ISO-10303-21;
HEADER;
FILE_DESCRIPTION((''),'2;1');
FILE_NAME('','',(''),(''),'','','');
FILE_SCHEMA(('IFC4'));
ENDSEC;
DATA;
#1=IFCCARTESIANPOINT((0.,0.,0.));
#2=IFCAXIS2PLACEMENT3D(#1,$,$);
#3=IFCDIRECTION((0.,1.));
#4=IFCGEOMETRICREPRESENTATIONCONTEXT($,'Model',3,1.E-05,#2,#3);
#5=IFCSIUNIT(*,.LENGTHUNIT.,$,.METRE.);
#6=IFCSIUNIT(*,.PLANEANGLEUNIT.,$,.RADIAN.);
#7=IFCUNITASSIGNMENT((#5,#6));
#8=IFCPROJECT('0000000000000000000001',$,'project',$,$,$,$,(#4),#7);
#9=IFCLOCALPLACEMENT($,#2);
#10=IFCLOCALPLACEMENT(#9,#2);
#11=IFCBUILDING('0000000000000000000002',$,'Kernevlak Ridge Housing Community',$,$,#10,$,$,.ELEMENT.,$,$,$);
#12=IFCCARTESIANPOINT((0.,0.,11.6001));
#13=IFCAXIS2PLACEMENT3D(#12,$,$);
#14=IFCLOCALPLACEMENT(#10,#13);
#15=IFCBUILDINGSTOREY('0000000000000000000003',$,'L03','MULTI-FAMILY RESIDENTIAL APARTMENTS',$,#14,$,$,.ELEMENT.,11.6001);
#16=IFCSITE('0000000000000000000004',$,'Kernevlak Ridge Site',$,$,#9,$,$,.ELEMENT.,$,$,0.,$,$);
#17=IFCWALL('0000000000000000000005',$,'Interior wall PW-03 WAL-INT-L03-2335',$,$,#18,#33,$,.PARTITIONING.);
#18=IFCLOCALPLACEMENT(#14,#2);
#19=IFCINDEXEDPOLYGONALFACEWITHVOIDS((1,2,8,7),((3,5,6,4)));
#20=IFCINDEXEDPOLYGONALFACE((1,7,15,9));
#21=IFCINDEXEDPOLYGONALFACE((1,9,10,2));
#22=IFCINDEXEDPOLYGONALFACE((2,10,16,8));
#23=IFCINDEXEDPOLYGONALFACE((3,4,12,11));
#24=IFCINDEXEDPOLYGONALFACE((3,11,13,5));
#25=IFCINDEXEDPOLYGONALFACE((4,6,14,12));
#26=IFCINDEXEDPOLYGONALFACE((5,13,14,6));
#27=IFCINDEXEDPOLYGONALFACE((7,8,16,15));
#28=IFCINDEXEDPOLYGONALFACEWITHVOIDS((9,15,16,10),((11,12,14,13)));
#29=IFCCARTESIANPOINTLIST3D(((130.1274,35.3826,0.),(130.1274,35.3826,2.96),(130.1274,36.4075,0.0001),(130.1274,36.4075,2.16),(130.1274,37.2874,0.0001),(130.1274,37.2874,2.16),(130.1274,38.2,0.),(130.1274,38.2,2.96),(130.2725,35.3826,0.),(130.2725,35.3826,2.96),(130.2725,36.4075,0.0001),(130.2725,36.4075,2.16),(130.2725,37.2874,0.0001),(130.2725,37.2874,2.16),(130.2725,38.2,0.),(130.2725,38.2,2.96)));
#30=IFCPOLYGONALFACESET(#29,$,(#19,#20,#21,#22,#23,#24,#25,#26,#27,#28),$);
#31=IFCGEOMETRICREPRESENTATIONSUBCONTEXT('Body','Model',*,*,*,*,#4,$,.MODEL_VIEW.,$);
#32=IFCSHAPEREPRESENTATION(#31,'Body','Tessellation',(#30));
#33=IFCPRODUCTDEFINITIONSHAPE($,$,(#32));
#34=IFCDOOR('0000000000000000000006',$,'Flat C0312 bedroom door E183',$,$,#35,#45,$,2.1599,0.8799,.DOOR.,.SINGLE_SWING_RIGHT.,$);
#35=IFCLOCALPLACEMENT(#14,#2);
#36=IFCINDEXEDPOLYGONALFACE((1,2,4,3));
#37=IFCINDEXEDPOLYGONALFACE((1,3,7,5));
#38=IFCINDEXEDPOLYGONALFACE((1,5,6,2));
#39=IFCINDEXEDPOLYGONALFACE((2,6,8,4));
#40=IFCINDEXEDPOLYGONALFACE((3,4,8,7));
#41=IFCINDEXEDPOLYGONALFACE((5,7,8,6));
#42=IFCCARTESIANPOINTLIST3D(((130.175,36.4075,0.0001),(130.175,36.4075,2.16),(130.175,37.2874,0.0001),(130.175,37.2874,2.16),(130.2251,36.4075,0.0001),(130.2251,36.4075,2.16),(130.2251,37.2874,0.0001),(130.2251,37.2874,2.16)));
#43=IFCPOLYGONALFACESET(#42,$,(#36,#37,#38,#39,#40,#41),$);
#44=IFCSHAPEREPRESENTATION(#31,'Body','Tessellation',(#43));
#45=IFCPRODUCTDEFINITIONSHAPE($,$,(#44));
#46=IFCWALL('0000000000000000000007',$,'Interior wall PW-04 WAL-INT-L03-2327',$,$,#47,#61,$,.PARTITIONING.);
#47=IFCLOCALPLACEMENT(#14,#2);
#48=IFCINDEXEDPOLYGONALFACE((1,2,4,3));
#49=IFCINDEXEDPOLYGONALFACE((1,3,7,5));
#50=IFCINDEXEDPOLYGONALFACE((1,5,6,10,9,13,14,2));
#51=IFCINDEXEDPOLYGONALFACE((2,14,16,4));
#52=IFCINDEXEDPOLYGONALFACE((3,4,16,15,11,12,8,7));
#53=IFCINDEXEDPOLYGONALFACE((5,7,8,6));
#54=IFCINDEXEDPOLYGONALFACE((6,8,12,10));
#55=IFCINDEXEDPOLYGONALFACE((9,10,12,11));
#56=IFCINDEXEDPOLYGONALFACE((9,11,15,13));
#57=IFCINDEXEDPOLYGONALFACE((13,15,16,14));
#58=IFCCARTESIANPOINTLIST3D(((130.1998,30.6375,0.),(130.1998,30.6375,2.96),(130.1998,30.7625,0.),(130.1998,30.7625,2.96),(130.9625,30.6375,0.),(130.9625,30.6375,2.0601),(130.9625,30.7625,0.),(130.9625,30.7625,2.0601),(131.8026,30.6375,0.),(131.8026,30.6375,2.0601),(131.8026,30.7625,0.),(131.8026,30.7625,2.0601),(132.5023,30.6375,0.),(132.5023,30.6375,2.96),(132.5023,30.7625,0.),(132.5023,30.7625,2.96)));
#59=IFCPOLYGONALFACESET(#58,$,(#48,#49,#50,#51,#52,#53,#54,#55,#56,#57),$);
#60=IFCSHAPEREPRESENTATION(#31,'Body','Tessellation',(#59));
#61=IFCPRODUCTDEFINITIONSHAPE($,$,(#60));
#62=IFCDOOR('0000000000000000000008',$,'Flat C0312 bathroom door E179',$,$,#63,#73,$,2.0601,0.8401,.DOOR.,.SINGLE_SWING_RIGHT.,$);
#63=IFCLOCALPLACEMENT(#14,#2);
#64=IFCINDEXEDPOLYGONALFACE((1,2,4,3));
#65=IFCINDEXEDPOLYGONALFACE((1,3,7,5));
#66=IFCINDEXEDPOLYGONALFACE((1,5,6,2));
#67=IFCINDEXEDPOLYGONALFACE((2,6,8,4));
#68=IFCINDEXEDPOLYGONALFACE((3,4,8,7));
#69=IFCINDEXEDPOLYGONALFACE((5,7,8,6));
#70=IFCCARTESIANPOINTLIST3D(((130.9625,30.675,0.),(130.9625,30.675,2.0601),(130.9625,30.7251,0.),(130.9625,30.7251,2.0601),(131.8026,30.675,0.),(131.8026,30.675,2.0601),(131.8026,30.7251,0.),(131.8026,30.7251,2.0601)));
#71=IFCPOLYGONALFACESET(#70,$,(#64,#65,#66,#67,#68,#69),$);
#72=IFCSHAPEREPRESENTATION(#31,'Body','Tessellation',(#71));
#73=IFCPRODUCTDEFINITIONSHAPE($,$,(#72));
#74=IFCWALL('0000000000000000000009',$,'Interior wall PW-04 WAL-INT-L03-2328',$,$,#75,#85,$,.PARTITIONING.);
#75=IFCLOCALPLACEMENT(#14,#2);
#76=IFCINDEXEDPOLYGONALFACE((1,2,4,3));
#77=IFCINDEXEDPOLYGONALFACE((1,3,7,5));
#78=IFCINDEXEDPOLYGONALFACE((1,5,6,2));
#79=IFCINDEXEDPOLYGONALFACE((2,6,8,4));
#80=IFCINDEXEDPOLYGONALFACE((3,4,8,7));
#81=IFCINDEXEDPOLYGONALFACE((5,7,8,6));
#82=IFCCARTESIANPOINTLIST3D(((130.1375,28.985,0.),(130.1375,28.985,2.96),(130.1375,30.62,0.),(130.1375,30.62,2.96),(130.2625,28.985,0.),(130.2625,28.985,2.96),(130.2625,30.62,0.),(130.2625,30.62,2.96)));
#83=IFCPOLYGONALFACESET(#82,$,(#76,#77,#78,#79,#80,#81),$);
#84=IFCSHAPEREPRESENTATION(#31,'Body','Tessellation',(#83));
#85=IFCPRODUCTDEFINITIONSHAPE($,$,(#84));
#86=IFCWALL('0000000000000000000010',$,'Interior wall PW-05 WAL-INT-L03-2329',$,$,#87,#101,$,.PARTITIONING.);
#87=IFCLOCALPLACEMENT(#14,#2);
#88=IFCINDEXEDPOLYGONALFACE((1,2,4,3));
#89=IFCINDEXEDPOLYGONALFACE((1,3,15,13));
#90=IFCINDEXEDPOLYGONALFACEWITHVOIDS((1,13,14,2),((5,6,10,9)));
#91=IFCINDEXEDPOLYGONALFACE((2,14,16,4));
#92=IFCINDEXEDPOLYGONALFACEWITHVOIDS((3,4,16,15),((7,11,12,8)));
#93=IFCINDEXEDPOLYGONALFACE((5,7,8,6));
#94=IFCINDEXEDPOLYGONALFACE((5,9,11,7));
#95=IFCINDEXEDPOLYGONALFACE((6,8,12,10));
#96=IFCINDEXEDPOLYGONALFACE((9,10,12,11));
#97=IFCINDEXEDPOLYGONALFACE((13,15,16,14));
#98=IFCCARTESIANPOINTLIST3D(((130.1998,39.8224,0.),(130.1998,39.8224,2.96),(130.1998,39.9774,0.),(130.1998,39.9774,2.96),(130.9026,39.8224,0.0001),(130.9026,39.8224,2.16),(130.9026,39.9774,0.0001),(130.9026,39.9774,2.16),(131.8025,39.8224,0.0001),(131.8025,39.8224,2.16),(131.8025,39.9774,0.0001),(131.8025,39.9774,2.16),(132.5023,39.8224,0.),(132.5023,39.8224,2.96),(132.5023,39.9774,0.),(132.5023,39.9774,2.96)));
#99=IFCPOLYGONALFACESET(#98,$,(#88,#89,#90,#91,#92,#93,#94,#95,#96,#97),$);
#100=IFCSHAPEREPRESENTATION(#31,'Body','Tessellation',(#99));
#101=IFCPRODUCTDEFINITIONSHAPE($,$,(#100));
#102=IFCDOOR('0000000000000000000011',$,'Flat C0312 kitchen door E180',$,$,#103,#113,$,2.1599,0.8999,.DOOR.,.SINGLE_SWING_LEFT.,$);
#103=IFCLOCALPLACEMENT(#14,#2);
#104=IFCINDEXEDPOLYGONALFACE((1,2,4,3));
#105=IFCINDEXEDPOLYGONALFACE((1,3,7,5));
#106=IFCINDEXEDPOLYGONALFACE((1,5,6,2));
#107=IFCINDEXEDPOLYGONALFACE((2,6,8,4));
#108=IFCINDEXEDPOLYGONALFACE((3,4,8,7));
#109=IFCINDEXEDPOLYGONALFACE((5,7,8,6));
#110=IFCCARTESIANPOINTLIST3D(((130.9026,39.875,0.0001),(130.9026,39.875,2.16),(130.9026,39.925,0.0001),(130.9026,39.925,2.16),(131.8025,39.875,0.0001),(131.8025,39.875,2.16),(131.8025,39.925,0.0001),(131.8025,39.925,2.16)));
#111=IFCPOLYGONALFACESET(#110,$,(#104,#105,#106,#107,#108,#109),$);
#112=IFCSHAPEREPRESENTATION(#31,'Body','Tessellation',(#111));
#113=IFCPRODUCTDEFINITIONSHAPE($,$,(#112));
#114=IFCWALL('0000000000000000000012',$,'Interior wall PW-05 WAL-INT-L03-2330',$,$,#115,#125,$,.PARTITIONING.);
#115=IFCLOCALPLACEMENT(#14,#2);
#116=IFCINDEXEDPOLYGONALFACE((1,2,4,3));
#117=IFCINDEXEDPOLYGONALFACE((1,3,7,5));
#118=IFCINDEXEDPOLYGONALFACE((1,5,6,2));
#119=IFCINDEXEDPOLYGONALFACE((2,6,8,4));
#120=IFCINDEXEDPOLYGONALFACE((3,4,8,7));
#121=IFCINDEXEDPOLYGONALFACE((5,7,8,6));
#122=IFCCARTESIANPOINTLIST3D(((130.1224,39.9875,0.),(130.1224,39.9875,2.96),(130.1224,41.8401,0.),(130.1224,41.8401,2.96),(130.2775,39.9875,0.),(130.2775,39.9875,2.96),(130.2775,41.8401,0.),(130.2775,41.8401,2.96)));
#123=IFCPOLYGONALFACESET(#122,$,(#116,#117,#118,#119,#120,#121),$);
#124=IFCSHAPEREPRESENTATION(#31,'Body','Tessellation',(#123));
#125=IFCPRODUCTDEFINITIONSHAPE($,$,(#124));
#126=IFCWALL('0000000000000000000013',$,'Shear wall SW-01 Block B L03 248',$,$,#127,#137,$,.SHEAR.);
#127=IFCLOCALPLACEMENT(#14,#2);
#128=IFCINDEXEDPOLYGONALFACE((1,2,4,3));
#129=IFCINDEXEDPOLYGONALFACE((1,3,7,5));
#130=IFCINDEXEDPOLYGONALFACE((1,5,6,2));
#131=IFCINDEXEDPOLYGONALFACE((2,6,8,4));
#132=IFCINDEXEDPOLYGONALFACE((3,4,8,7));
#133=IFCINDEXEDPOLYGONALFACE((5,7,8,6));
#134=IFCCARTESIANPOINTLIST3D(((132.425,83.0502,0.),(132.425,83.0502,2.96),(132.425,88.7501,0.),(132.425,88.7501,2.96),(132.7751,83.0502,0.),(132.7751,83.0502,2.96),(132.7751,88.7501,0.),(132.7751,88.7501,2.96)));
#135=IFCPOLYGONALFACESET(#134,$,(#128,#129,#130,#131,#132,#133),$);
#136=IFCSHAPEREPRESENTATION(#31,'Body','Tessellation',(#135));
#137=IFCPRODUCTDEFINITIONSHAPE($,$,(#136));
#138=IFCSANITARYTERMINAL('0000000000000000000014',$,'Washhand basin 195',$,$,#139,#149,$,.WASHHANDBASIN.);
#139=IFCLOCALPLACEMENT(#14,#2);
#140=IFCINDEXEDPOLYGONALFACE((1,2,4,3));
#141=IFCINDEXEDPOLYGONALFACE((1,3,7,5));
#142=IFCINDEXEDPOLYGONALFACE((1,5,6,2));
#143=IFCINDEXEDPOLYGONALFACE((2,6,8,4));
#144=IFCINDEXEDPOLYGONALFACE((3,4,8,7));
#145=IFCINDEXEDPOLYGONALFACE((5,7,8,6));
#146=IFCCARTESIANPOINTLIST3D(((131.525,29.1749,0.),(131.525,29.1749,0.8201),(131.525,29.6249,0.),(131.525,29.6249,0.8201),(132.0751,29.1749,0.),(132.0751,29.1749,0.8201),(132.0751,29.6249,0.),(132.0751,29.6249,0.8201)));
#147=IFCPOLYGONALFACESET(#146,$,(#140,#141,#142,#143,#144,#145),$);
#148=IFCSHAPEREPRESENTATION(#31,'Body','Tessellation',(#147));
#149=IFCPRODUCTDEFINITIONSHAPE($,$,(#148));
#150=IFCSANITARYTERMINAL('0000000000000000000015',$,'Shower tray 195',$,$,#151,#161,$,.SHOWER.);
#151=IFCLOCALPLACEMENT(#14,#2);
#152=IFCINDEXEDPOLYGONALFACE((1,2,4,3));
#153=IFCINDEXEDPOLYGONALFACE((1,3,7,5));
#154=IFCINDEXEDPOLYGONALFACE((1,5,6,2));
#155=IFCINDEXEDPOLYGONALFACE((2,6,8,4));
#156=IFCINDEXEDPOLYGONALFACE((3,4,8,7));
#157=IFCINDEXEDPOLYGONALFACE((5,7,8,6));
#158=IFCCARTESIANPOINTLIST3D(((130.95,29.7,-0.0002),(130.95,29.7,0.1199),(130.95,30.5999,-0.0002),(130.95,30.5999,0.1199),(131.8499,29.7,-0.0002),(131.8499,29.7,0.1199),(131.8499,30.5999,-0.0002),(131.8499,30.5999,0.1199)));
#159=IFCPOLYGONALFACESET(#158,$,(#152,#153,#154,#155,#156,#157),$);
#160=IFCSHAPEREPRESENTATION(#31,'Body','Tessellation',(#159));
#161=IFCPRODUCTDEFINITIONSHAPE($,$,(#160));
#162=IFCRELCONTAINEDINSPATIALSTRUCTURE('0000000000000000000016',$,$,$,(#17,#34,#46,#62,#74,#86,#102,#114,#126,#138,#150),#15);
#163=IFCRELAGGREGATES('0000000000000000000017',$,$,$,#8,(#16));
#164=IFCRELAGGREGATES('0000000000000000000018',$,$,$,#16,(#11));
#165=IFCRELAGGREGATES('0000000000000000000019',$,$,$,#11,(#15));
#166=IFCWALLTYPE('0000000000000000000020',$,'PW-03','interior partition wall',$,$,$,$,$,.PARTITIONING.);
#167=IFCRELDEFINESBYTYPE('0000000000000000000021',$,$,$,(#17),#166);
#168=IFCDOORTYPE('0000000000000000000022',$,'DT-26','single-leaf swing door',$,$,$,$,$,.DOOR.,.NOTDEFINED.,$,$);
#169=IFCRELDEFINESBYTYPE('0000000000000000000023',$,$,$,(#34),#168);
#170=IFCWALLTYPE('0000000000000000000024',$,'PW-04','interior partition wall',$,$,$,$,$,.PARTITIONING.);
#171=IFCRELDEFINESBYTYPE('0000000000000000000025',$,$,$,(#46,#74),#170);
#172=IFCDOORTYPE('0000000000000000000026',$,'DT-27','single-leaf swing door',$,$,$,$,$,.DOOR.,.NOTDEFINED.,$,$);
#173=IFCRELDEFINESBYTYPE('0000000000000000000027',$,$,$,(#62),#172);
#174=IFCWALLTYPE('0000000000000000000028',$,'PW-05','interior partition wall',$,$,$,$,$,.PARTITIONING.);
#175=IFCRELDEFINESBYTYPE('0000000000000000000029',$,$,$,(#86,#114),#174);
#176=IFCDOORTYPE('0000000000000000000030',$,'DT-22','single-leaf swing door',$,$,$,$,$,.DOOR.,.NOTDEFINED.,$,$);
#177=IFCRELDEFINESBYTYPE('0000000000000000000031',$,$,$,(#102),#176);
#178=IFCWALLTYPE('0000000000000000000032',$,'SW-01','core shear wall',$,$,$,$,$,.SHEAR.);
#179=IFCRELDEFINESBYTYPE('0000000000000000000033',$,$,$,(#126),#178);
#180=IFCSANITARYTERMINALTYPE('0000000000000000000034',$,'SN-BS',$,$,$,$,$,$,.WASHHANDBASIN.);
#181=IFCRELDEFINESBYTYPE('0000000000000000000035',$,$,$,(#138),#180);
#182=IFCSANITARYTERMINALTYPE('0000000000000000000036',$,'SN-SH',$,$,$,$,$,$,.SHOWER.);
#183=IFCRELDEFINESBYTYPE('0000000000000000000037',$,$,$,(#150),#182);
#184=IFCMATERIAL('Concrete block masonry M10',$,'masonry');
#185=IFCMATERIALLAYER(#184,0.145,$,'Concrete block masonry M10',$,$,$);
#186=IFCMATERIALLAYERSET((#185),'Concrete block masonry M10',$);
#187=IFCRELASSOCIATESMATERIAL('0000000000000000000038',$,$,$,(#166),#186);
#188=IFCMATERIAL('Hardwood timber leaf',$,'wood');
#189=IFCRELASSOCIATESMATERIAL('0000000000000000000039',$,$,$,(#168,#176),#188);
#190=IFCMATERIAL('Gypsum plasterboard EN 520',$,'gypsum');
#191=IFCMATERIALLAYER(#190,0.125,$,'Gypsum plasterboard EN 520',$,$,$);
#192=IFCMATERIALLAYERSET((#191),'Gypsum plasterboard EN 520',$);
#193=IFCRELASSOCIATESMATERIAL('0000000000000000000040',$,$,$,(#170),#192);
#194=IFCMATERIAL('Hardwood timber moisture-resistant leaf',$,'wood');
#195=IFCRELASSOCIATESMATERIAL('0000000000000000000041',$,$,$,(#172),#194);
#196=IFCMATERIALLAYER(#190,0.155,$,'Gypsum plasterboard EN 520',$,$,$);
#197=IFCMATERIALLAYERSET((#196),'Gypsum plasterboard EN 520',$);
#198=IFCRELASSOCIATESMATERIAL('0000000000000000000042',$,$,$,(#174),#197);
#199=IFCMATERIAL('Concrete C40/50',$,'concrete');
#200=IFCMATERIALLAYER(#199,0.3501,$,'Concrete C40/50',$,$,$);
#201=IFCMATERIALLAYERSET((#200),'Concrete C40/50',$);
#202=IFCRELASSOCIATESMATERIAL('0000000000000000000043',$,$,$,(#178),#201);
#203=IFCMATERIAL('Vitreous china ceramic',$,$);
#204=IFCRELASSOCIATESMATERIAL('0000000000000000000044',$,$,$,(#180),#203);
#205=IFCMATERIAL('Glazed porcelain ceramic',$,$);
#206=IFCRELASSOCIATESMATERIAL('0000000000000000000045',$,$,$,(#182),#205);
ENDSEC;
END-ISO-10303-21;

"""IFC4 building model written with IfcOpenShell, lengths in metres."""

from ifc_helpers import new_model, si_unit, direction, frame, frame_2d, origin, origin_2d, place, context, subcontext, project, spatial, rectangle, extrude, material, layer, layer_set, type_object, element, fill, save


model = new_model("IFC4")

# Units and contexts
model_context = context("Model", 3, precision=1e-05, world=origin(), true_north=direction((0.0, 1.0)))
body_context = subcontext(model_context, "Body", "Model", "MODEL_VIEW")
ifc_project = project(units=[si_unit("LENGTHUNIT", "METRE"), si_unit("PLANEANGLEUNIT", "RADIAN")], contexts=[model_context])

# Site, building, storey
site_placement = place(None, origin())
site = spatial("IfcSite", under=ifc_project, at=site_placement, Name="Kernevlak Ridge Site", CompositionType="ELEMENT", RefElevation=0.0)
building_placement = place(site_placement, origin())
building = spatial("IfcBuilding", under=site, at=building_placement, Name="Kernevlak Ridge Housing Community", CompositionType="ELEMENT")
storey_placement = place(building_placement, frame((0.0, 0.0, 11.6001)))
storey = spatial("IfcBuildingStorey", under=building, at=storey_placement, Name="L03", Description="MULTI-FAMILY RESIDENTIAL APARTMENTS", CompositionType="ELEMENT", Elevation=11.6001)

# Shared definitions
ifc_material_1 = material(Name="Concrete C40/50", Category="concrete")

# Shared definitions
ifc_material_2 = material(Name="Concrete block masonry M10", Category="masonry")

# Walls, openings, doors
ifc_layer_1 = layer(ifc_material_2, 0.145, Name="Concrete block masonry M10")
ifc_layer_set_1 = layer_set([ifc_layer_1], Name="Concrete block masonry M10")
wall_type_1 = type_object("IfcWallType", Name="PW-03", Description="interior partition wall", PredefinedType="PARTITIONING", material=ifc_layer_set_1)
ifc_material_3 = material(Name="Hardwood timber leaf", Category="wood")
wall_1_placement = place(storey_placement, frame((130.2, 35.3826, 0.0), z_axis=(0.0, 0.0, 1.0), x_axis=(0.0, 1.0, 0.0)))
wall_1 = element("IfcWall", 1, at=wall_1_placement, inside=storey, type_object=wall_type_1, Name="Interior wall PW-03 WAL-INT-L03-2335", PredefinedType="PARTITIONING", context=body_context, shape_type="SweptSolid", body=[
    extrude(rectangle(XDim=2.8174, YDim=0.145, at=frame_2d((1.4087, 0.0))), origin(), (0.0, 0.0, 1.0), 2.96),
])
opening_1_placement = place(wall_1_placement, frame((1.0249, 0.0, 0.0)))
opening_1 = element("IfcOpeningElement", 2, at=opening_1_placement, cuts=wall_1, PredefinedType="OPENING", context=body_context, shape_type="SweptSolid", body=[
    extrude(rectangle(XDim=0.8799, YDim=2.1599, at=frame_2d((0.4399, 1.0801))), frame((0.0, 0.0825, 0.0), z_axis=(0.0, -1.0, 0.0), x_axis=(1.0, 0.0, 0.0)), (0.0, 0.0, 1.0), 0.165),
])
door_type_1 = type_object("IfcDoorType", Name="DT-26", Description="single-leaf swing door", OperationType="NOTDEFINED", PredefinedType="DOOR", material=ifc_material_3)
door_1_placement = place(opening_1_placement, origin())
door_1 = element("IfcDoor", 3, at=door_1_placement, inside=storey, type_object=door_type_1, Name="Flat C0312 bedroom door E183", OperationType="SINGLE_SWING_RIGHT", OverallHeight=2.1599, OverallWidth=0.8799, PredefinedType="DOOR", context=body_context, shape_type="SweptSolid", body=[
    extrude(rectangle(XDim=0.8799, YDim=2.1599, at=frame_2d((0.4399, 1.0801))), frame((0.0, 0.0249, 0.0), z_axis=(0.0, -1.0, 0.0), x_axis=(1.0, 0.0, 0.0)), (0.0, 0.0, 1.0), 0.05),
])
fill(opening_1, door_1)
ifc_material_4 = material(Name="Gypsum plasterboard EN 520", Category="gypsum")
ifc_layer_2 = layer(ifc_material_4, 0.125, Name="Gypsum plasterboard EN 520")
ifc_layer_set_2 = layer_set([ifc_layer_2], Name="Gypsum plasterboard EN 520")
wall_type_2 = type_object("IfcWallType", Name="PW-04", Description="interior partition wall", PredefinedType="PARTITIONING", material=ifc_layer_set_2)
wall_2_placement = place(storey_placement, frame((132.5024, 30.7, 0.0), z_axis=(0.0, 0.0, 1.0), x_axis=(-1.0, 0.0, 0.0)))
wall_2 = element("IfcWall", 4, at=wall_2_placement, inside=storey, type_object=wall_type_2, Name="Interior wall PW-04 WAL-INT-L03-2327", PredefinedType="PARTITIONING", context=body_context, shape_type="SweptSolid", body=[
    extrude(rectangle(XDim=2.3025, YDim=0.125, at=frame_2d((1.1514, 0.0))), origin(), (0.0, 0.0, 1.0), 2.96),
])
opening_2_placement = place(wall_2_placement, frame((0.7, 0.0, 0.0)))
opening_2 = element("IfcOpeningElement", 5, at=opening_2_placement, cuts=wall_2, PredefinedType="OPENING", context=body_context, shape_type="SweptSolid", body=[
    extrude(rectangle(XDim=0.8401, YDim=2.0601, at=frame_2d((0.4199, 1.03))), frame((0.0, 0.0725, 0.0), z_axis=(0.0, -1.0, 0.0), x_axis=(1.0, 0.0, 0.0)), (0.0, 0.0, 1.0), 0.145),
])
ifc_material_5 = material(Name="Hardwood timber moisture-resistant leaf", Category="wood")
door_type_2 = type_object("IfcDoorType", Name="DT-27", Description="single-leaf swing door", OperationType="NOTDEFINED", PredefinedType="DOOR", material=ifc_material_5)
door_2_placement = place(opening_2_placement, origin())
door_2 = element("IfcDoor", 6, at=door_2_placement, inside=storey, type_object=door_type_2, Name="Flat C0312 bathroom door E179", OperationType="SINGLE_SWING_RIGHT", OverallHeight=2.0601, OverallWidth=0.8401, PredefinedType="DOOR", context=body_context, shape_type="SweptSolid", body=[
    extrude(rectangle(XDim=0.8401, YDim=2.0601, at=frame_2d((0.4199, 1.03))), frame((0.0, 0.0249, 0.0), z_axis=(0.0, -1.0, 0.0), x_axis=(1.0, 0.0, 0.0)), (0.0, 0.0, 1.0), 0.05),
])
fill(opening_2, door_2)

# Wall
wall_3_placement = place(storey_placement, frame((130.2, 28.9851, 0.0), z_axis=(0.0, 0.0, 1.0), x_axis=(0.0, 1.0, 0.0)))
element("IfcWall", 7, at=wall_3_placement, inside=storey, type_object=wall_type_2, Name="Interior wall PW-04 WAL-INT-L03-2328", PredefinedType="PARTITIONING", context=body_context, shape_type="SweptSolid", body=[
    extrude(rectangle(XDim=1.635, YDim=0.125, at=frame_2d((0.8174, 0.0))), origin(), (0.0, 0.0, 1.0), 2.96),
])

# Wall, opening, door
ifc_layer_3 = layer(ifc_material_4, 0.155, Name="Gypsum plasterboard EN 520")
ifc_layer_set_3 = layer_set([ifc_layer_3], Name="Gypsum plasterboard EN 520")
wall_type_3 = type_object("IfcWallType", Name="PW-05", Description="interior partition wall", PredefinedType="PARTITIONING", material=ifc_layer_set_3)
wall_4_placement = place(storey_placement, frame((132.5024, 39.8999, 0.0), z_axis=(0.0, 0.0, 1.0), x_axis=(-1.0, 0.0, 0.0)))
wall_4 = element("IfcWall", 8, at=wall_4_placement, inside=storey, type_object=wall_type_3, Name="Interior wall PW-05 WAL-INT-L03-2329", PredefinedType="PARTITIONING", context=body_context, shape_type="SweptSolid", body=[
    extrude(rectangle(XDim=2.3025, YDim=0.155, at=frame_2d((1.1514, 0.0))), origin(), (0.0, 0.0, 1.0), 2.96),
])
opening_3_placement = place(wall_4_placement, frame((0.7, 0.0, 0.0)))
opening_3 = element("IfcOpeningElement", 9, at=opening_3_placement, cuts=wall_4, PredefinedType="OPENING", context=body_context, shape_type="SweptSolid", body=[
    extrude(rectangle(XDim=0.8999, YDim=2.1599, at=frame_2d((0.45, 1.0801))), frame((0.0, 0.0874, 0.0), z_axis=(0.0, -1.0, 0.0), x_axis=(1.0, 0.0, 0.0)), (0.0, 0.0, 1.0), 0.175),
])
door_type_3 = type_object("IfcDoorType", Name="DT-22", Description="single-leaf swing door", OperationType="NOTDEFINED", PredefinedType="DOOR", material=ifc_material_3)
door_3_placement = place(opening_3_placement, origin())
door_3 = element("IfcDoor", 10, at=door_3_placement, inside=storey, type_object=door_type_3, Name="Flat C0312 kitchen door E180", OperationType="SINGLE_SWING_LEFT", OverallHeight=2.1599, OverallWidth=0.8999, PredefinedType="DOOR", context=body_context, shape_type="SweptSolid", body=[
    extrude(rectangle(XDim=0.8999, YDim=2.1599, at=frame_2d((0.45, 1.0801))), frame((0.0, 0.0249, 0.0), z_axis=(0.0, -1.0, 0.0), x_axis=(1.0, 0.0, 0.0)), (0.0, 0.0, 1.0), 0.05),
])
fill(opening_3, door_3)

# Wall
wall_5_placement = place(storey_placement, frame((130.2, 39.9875, 0.0), z_axis=(0.0, 0.0, 1.0), x_axis=(0.0, 1.0, 0.0)))
element("IfcWall", 11, at=wall_5_placement, inside=storey, type_object=wall_type_3, Name="Interior wall PW-05 WAL-INT-L03-2330", PredefinedType="PARTITIONING", context=body_context, shape_type="SweptSolid", body=[
    extrude(rectangle(XDim=1.8525, YDim=0.155, at=frame_2d((0.9263, 0.0))), origin(), (0.0, 0.0, 1.0), 2.96),
])

# Wall
ifc_layer_4 = layer(ifc_material_1, 0.3501, Name="Concrete C40/50")
ifc_layer_set_4 = layer_set([ifc_layer_4], Name="Concrete C40/50")
wall_type_4 = type_object("IfcWallType", Name="SW-01", Description="core shear wall", PredefinedType="SHEAR", material=ifc_layer_set_4)
wall_6_placement = place(storey_placement, frame((132.6001, 83.05, 0.0), z_axis=(0.0, 0.0, 1.0), x_axis=(0.0, 1.0, 0.0)))
element("IfcWall", 12, at=wall_6_placement, inside=storey, type_object=wall_type_4, Name="Shear wall SW-01 Block B L03 248", PredefinedType="SHEAR", context=body_context, shape_type="SweptSolid", body=[
    extrude(rectangle(XDim=5.7, YDim=0.3501, at=frame_2d((2.8501, 0.0))), origin(), (0.0, 0.0, 1.0), 2.96),
])

# Sanitary terminals
ifc_material_6 = material(Name="Vitreous china ceramic")
sanitary_terminal_type_1 = type_object("IfcSanitaryTerminalType", Name="SN-BS", PredefinedType="WASHHANDBASIN", material=ifc_material_6)
sanitary_terminal_1_placement = place(storey_placement, frame((131.8, 29.3999, 0.0), z_axis=(0.0, 0.0, 1.0), x_axis=(1.0, 0.0, 0.0)))
element("IfcSanitaryTerminal", 13, at=sanitary_terminal_1_placement, inside=storey, type_object=sanitary_terminal_type_1, Name="Washhand basin 195", PredefinedType="WASHHANDBASIN", context=body_context, shape_type="SweptSolid", body=[
    extrude(rectangle(XDim=0.55, YDim=0.45, at=origin_2d()), origin(), (0.0, 0.0, 1.0), 0.8201),
])
ifc_material_7 = material(Name="Glazed porcelain ceramic")
sanitary_terminal_type_2 = type_object("IfcSanitaryTerminalType", Name="SN-SH", PredefinedType="SHOWER", material=ifc_material_7)
sanitary_terminal_2_placement = place(storey_placement, frame((131.3999, 30.1499, -0.0002), z_axis=(0.0, 0.0, 1.0), x_axis=(1.0, 0.0, 0.0)))
element("IfcSanitaryTerminal", 14, at=sanitary_terminal_2_placement, inside=storey, type_object=sanitary_terminal_type_2, Name="Shower tray 195", PredefinedType="SHOWER", context=body_context, shape_type="SweptSolid", body=[
    extrude(rectangle(XDim=0.8999, YDim=0.8999, at=origin_2d()), origin(), (0.0, 0.0, 1.0), 0.1201),
])

save(model, "model.ifc")
